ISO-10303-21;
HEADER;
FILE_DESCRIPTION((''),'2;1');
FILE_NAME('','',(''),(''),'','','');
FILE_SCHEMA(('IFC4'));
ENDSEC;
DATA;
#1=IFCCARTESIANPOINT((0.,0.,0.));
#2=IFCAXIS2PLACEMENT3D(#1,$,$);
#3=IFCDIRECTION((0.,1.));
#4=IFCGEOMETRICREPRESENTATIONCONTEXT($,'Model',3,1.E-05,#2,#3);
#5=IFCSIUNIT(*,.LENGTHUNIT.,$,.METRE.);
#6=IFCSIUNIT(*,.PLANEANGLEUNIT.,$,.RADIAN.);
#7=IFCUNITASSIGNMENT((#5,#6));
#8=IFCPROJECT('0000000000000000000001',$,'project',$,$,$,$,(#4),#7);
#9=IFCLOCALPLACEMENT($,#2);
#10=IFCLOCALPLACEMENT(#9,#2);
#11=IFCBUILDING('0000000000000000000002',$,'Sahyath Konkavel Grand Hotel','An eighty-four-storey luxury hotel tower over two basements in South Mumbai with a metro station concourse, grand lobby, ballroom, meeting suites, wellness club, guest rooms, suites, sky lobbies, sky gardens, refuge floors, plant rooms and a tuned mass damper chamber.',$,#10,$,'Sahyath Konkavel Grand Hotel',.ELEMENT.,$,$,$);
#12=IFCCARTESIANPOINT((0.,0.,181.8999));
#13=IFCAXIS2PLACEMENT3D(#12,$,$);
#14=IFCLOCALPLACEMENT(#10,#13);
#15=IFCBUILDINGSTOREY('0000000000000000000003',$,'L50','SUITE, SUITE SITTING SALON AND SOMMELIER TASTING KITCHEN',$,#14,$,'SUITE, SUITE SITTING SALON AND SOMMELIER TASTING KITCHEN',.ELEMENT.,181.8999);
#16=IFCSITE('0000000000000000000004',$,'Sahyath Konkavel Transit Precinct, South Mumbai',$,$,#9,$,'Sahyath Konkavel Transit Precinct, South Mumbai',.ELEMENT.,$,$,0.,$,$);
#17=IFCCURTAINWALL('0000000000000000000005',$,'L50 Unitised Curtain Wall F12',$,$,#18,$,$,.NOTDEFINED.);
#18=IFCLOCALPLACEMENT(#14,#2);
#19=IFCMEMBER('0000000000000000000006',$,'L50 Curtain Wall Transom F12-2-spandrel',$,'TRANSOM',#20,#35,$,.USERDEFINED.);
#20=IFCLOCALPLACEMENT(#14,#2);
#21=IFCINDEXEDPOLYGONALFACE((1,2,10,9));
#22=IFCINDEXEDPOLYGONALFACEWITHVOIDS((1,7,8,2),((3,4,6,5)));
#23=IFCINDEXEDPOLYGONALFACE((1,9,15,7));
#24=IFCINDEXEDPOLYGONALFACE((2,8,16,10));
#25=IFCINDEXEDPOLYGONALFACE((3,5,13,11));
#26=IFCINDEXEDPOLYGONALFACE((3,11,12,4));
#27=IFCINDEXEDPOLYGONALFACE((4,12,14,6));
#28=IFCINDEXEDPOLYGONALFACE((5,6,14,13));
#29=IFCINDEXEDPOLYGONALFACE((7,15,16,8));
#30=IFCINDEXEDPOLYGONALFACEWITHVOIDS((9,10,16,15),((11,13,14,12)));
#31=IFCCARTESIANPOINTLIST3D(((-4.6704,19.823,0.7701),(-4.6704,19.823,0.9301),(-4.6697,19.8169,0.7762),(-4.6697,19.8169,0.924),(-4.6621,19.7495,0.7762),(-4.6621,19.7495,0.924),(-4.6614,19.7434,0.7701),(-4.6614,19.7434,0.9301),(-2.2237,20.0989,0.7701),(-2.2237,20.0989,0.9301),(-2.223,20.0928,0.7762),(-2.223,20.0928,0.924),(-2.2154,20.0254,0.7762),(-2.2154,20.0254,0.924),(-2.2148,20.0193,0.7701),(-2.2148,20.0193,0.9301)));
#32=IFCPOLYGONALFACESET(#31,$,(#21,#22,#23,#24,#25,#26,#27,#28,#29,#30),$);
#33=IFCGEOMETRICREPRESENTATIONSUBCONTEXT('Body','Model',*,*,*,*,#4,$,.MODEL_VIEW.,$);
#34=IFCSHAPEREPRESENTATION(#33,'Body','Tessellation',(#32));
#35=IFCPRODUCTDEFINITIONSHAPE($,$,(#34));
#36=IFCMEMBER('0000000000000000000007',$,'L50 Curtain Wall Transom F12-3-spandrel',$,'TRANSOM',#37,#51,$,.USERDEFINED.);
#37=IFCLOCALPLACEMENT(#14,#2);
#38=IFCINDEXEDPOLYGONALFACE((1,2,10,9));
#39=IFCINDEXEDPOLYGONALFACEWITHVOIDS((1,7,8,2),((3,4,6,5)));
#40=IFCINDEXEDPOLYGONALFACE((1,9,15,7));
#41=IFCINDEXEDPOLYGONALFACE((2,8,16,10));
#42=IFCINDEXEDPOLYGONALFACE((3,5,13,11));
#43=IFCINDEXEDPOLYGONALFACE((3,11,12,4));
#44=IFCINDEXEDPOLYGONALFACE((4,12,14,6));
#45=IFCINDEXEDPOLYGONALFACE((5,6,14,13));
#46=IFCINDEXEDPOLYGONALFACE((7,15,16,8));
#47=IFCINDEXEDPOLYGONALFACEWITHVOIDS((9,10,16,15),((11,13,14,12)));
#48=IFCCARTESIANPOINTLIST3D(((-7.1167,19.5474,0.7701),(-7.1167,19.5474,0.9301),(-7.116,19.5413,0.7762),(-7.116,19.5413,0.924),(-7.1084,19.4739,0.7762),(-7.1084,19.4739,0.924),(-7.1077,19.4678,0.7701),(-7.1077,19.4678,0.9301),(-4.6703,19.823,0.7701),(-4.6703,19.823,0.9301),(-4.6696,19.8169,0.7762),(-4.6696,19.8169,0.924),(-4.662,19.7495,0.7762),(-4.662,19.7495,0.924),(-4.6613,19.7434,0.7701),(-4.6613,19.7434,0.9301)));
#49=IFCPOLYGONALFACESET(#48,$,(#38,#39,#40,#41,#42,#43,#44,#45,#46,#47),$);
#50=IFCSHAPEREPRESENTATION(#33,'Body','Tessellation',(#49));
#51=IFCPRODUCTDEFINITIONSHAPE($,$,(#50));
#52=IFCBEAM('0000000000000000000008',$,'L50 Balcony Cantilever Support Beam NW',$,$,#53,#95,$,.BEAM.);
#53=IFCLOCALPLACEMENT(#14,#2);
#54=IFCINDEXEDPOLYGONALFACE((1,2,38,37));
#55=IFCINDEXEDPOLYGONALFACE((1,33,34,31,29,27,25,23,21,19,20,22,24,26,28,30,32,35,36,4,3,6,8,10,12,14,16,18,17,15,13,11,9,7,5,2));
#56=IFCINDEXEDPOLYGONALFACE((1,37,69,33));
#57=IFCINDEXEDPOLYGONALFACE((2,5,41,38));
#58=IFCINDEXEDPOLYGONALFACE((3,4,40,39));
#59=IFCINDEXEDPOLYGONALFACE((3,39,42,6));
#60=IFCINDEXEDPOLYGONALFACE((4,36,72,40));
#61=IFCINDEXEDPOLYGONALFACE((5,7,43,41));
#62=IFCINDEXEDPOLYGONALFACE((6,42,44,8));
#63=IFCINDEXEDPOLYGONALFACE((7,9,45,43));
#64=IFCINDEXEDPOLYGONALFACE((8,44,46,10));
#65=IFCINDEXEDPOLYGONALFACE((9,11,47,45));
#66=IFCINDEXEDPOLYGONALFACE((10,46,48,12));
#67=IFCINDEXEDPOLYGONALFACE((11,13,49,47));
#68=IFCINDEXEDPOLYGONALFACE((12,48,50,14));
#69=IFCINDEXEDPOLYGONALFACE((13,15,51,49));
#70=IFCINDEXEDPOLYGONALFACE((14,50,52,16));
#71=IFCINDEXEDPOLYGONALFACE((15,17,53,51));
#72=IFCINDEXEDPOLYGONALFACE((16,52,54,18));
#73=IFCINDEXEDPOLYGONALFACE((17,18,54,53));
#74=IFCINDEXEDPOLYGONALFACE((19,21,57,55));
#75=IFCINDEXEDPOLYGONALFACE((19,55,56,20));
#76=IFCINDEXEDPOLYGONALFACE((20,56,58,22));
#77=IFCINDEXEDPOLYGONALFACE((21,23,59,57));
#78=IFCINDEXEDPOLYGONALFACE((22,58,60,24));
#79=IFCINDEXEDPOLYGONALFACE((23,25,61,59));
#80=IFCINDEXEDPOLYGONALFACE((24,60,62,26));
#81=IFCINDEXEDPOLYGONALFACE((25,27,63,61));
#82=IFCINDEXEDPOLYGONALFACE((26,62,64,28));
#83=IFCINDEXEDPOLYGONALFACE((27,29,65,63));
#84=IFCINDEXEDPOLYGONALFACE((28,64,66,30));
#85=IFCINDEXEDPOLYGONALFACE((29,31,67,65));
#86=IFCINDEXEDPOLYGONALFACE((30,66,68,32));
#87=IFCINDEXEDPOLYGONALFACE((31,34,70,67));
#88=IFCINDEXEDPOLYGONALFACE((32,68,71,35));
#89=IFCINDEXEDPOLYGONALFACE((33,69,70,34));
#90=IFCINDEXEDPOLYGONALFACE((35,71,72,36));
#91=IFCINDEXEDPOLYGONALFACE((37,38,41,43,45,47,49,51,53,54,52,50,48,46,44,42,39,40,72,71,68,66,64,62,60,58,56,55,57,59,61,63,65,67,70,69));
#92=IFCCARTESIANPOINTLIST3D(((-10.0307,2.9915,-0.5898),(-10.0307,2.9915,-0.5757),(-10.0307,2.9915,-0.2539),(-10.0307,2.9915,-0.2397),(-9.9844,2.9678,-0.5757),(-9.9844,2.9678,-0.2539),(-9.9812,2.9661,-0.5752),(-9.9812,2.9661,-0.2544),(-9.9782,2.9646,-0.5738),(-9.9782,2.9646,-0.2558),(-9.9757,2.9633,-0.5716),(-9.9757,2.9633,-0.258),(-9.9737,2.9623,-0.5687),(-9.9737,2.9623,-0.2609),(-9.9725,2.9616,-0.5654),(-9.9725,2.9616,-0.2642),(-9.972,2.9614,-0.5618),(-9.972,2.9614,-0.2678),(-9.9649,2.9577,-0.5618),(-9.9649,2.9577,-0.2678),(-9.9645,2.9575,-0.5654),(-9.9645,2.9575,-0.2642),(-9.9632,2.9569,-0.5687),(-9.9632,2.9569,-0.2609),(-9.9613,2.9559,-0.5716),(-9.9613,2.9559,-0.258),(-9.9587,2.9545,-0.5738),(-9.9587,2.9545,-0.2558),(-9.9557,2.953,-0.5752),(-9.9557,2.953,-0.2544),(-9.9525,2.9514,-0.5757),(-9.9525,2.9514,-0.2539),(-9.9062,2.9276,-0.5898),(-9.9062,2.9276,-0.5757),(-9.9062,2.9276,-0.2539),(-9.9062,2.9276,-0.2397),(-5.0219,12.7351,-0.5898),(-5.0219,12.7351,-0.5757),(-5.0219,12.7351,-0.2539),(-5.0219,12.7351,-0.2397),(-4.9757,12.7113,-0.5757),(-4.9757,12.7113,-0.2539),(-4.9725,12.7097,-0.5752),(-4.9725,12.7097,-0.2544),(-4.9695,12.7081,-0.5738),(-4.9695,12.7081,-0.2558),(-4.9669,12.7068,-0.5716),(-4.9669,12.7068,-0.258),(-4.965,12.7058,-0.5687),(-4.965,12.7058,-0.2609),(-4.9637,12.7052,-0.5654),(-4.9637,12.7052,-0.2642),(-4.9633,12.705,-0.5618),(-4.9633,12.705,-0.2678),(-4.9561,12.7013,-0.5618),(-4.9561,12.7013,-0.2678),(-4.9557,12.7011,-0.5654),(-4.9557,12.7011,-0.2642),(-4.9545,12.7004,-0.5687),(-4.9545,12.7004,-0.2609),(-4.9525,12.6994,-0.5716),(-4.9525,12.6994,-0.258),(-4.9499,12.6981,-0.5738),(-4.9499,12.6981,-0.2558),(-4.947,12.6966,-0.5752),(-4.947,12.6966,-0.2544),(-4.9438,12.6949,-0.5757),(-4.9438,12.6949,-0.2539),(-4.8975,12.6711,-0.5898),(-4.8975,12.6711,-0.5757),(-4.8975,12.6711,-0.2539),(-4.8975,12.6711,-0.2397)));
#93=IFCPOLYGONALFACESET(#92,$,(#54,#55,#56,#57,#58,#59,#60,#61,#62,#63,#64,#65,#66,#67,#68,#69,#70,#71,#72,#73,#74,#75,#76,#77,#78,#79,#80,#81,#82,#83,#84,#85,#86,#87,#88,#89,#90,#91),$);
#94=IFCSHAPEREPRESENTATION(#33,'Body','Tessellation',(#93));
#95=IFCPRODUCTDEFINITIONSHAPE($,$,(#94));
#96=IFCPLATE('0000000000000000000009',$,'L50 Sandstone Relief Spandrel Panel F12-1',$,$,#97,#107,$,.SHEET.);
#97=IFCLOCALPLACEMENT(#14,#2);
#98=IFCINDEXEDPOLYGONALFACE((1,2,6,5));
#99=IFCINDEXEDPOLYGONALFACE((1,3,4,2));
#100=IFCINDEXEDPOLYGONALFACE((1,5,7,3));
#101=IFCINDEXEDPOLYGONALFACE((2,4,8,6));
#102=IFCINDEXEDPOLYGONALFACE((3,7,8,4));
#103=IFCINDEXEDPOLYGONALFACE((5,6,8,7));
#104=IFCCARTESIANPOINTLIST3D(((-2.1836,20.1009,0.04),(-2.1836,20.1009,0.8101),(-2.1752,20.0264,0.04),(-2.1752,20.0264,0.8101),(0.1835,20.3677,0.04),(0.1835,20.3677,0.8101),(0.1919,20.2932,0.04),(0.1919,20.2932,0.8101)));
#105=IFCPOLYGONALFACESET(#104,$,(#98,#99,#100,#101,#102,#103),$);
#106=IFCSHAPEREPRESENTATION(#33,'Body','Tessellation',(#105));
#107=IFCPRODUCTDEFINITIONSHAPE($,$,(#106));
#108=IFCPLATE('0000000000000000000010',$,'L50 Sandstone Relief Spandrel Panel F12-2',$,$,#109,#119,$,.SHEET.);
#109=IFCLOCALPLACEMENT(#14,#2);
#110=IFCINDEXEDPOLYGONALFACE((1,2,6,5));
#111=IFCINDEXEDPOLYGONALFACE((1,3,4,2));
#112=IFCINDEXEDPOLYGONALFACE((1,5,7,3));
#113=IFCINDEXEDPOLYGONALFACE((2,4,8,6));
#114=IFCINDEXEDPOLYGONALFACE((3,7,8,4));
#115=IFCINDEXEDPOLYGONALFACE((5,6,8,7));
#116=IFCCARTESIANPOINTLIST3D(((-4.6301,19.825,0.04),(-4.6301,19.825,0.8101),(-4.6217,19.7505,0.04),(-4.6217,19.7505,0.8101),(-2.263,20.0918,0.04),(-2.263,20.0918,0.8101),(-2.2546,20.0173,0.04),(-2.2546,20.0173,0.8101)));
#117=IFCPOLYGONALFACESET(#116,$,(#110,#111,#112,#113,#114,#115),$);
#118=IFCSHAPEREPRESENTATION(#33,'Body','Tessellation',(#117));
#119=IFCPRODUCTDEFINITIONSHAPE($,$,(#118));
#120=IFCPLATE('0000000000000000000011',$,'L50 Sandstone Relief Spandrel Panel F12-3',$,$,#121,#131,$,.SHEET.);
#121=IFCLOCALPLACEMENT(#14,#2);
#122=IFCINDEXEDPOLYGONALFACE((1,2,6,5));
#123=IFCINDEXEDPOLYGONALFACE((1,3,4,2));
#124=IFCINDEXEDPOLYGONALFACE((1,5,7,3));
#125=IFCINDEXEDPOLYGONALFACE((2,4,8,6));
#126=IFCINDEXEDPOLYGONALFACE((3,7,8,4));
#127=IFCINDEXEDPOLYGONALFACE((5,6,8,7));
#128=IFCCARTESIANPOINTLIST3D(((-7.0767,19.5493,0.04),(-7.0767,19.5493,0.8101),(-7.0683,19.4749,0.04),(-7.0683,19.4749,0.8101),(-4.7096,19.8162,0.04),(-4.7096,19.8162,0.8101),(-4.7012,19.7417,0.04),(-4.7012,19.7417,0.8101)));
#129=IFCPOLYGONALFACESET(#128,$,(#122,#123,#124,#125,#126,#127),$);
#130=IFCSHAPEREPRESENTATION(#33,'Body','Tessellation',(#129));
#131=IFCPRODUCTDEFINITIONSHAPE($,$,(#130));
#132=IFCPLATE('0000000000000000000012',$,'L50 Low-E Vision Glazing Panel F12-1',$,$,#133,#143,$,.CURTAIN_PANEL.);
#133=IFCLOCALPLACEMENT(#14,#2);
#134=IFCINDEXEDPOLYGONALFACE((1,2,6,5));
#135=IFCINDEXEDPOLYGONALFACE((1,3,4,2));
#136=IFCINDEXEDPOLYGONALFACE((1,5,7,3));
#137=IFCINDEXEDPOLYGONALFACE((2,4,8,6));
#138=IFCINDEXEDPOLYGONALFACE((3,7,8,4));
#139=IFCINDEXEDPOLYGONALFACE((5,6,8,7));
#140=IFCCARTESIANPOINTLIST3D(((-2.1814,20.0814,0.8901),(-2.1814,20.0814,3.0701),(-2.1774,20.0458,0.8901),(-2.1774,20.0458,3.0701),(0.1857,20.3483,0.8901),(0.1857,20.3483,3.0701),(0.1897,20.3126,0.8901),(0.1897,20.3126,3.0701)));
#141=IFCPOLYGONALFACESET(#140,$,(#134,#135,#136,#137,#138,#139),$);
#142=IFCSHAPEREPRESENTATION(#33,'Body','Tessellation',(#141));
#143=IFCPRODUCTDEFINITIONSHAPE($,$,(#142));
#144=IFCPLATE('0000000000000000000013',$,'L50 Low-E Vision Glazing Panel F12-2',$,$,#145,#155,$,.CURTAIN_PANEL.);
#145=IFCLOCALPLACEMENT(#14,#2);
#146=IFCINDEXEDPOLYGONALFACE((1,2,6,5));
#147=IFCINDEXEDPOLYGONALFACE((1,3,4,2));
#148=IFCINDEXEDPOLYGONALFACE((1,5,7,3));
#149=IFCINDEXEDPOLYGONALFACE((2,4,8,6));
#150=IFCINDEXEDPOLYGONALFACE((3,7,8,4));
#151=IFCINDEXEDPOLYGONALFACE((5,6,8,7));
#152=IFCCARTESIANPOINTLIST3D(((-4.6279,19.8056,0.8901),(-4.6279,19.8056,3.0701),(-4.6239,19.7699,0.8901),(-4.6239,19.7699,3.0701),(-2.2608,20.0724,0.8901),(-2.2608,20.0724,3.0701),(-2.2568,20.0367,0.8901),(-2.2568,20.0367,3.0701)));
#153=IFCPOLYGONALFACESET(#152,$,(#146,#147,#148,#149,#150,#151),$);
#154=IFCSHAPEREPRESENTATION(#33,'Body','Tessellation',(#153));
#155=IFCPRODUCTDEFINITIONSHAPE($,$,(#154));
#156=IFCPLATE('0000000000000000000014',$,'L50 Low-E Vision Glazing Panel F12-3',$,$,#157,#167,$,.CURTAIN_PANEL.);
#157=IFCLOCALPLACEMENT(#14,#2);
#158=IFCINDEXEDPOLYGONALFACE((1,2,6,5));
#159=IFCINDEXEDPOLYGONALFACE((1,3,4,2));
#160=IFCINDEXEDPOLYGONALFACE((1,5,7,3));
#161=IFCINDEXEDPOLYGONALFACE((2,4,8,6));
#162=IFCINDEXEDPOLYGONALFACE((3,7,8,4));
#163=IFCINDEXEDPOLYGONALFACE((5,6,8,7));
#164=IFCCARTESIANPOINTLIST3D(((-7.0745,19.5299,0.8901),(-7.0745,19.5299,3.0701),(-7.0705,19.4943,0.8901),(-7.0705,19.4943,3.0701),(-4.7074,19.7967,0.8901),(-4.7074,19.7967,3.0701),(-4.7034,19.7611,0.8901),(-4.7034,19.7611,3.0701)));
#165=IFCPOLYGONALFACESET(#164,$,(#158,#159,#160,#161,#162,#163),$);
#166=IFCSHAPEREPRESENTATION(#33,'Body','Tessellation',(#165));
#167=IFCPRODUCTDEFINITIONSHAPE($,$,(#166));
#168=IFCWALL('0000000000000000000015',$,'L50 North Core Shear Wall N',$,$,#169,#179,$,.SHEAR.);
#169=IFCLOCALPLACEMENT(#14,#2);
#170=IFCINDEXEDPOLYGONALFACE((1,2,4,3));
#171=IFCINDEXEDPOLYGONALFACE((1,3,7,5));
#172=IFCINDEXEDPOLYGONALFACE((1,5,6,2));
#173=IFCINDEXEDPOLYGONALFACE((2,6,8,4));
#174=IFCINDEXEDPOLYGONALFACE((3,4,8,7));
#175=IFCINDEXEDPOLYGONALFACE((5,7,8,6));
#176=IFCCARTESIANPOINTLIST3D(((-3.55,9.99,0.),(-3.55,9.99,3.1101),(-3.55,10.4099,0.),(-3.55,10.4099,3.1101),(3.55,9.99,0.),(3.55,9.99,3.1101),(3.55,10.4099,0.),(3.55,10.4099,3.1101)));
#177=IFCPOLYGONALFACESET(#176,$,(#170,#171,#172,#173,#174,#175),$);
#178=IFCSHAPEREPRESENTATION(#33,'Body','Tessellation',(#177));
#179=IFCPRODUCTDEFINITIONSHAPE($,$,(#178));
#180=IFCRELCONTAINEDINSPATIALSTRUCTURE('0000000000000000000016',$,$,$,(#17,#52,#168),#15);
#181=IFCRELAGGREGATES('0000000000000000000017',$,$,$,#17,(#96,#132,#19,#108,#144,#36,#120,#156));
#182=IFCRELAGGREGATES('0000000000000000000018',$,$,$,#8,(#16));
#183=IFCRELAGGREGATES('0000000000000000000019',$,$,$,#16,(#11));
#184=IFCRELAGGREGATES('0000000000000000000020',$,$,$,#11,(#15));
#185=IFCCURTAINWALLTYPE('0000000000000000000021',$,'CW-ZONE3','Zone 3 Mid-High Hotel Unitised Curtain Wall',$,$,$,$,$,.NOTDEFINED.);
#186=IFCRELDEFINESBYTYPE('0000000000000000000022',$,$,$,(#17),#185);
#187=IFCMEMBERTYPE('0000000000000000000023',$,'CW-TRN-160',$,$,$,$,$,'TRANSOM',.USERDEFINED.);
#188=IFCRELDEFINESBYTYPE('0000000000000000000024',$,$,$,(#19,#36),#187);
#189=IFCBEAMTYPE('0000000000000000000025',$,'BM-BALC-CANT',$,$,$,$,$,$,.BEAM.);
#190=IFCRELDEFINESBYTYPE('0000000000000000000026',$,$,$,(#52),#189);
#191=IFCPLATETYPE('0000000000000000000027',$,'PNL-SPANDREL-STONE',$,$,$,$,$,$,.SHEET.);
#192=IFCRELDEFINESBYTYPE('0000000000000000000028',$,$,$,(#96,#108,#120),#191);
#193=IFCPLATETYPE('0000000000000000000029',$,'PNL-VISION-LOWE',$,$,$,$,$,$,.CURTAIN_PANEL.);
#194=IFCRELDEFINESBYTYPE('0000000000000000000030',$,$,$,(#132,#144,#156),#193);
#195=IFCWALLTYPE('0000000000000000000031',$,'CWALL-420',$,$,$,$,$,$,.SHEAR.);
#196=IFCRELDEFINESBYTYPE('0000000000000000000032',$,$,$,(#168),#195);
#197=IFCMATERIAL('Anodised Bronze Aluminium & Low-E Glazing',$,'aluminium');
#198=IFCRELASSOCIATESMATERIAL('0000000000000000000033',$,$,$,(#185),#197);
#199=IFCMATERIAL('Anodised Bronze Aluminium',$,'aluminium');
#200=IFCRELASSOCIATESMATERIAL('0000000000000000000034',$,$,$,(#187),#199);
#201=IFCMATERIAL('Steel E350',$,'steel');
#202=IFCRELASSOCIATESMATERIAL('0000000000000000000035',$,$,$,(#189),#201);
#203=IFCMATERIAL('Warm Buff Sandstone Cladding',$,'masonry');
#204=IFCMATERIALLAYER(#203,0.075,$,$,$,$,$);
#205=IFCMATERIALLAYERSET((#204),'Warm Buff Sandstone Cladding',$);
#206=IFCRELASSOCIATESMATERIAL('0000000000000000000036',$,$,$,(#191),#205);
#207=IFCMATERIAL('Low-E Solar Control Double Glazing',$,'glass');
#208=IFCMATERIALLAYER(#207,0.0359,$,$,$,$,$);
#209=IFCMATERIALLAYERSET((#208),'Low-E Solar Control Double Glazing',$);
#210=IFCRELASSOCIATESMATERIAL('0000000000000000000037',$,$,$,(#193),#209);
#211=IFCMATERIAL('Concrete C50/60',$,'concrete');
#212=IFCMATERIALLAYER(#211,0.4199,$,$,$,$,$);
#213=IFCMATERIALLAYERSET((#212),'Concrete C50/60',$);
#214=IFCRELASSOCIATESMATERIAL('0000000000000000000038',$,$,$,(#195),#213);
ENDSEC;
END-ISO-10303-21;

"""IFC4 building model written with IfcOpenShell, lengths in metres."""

from ifc_helpers import new_model, si_unit, direction, frame, frame_2d, origin, origin_2d, place, context, subcontext, project, spatial, rectangle, hollow_rectangle, i_section, extrude, source, transform, mapped, material, layer, layer_set, material_profile, profile_set, type_object, element, aggregate, save


model = new_model("IFC4")

# Units and contexts
model_context = context("Model", 3, precision=1e-05, world=origin(), true_north=direction((0.0, 1.0)))
body_context = subcontext(model_context, "Body", "Model", "MODEL_VIEW")
ifc_project = project(units=[si_unit("LENGTHUNIT", "METRE"), si_unit("PLANEANGLEUNIT", "RADIAN")], contexts=[model_context])

# Site, building, storey
site_placement = place(None, origin())
site = spatial("IfcSite", under=ifc_project, at=site_placement, Name="Sahyath Konkavel Transit Precinct, South Mumbai", LongName="Sahyath Konkavel Transit Precinct, South Mumbai", CompositionType="ELEMENT", RefElevation=0.0)
building_placement = place(site_placement, origin())
building = spatial("IfcBuilding", under=site, at=building_placement, Name="Sahyath Konkavel Grand Hotel", Description="An eighty-four-storey luxury hotel tower over two basements in South Mumbai with a metro station concourse, grand lobby, ballroom, meeting suites, wellness club, guest rooms, suites, sky lobbies, sky gardens, refuge floors, plant rooms and a tuned mass damper chamber.", LongName="Sahyath Konkavel Grand Hotel", CompositionType="ELEMENT")
storey_placement = place(building_placement, frame((0.0, 0.0, 181.8999)))
storey = spatial("IfcBuildingStorey", under=building, at=storey_placement, Name="L50", Description="SUITE, SUITE SITTING SALON AND SOMMELIER TASTING KITCHEN", LongName="SUITE, SUITE SITTING SALON AND SOMMELIER TASTING KITCHEN", CompositionType="ELEMENT", Elevation=181.8999)

# Shared definitions
ifc_material_1 = material(Name="Concrete C50/60", Category="concrete")

# Shared definitions
ifc_material_2 = material(Name="Steel E350", Category="steel")

# Curtain wall, members
ifc_material_3 = material(Name="Anodised Bronze Aluminium & Low-E Glazing", Category="aluminium")
curtain_wall_type = type_object("IfcCurtainWallType", Name="CW-ZONE3", Description="Zone 3 Mid-High Hotel Unitised Curtain Wall", PredefinedType="NOTDEFINED", material=ifc_material_3)
curtain_wall_placement = place(storey_placement, origin())
curtain_wall = element("IfcCurtainWall", 1, at=curtain_wall_placement, inside=storey, type_object=curtain_wall_type, Name="L50 Unitised Curtain Wall F12", PredefinedType="NOTDEFINED")
ifc_material_4 = material(Name="Anodised Bronze Aluminium", Category="aluminium")
ifc_material_profile_1 = material_profile(ifc_material_4, hollow_rectangle(XDim=0.0801, YDim=0.1599, WallThickness=0.0061, at=origin_2d()), Name="RHS 160x80x6")
ifc_profile_set_1 = profile_set([ifc_material_profile_1], Name="Anodised Bronze Aluminium")
member_type_1 = type_object("IfcMemberType", Name="CW-TRN-160", ElementType="TRANSOM", PredefinedType="USERDEFINED", material=ifc_profile_set_1)
shared_shape_1 = source(origin(), body_context, "Body", "SweptSolid", [
    extrude(hollow_rectangle(XDim=0.0801, YDim=0.1599, WallThickness=0.0061, at=origin_2d()), origin(), (0.0, 0.0, 1.0), 2.4622),
])
member_1_placement = place(storey_placement, frame((-2.2192, 20.0591, 0.8501), z_axis=(-0.993702, -0.112053, 0.0), x_axis=(0.112053, -0.993702, 0.0)))
member_1 = element("IfcMember", 2, at=member_1_placement, type_object=member_type_1, Name="L50 Curtain Wall Transom F12-2-spandrel", ObjectType="TRANSOM", PredefinedType="USERDEFINED", context=body_context, shape_type="MappedRepresentation", body=[
    mapped(shared_shape_1, transform((0.0, 0.0, 0.0), scale=1.0)),
])
shared_shape_2 = source(origin(), body_context, "Body", "SweptSolid", [
    extrude(hollow_rectangle(XDim=0.0801, YDim=0.1599, WallThickness=0.0061, at=origin_2d()), origin(), (0.0, 0.0, 1.0), 2.4619),
])
member_2_placement = place(storey_placement, frame((-4.6658, 19.7832, 0.8501), z_axis=(-0.993713, -0.111955, 0.0), x_axis=(0.111955, -0.993713, 0.0)))
member_2 = element("IfcMember", 3, at=member_2_placement, type_object=member_type_1, Name="L50 Curtain Wall Transom F12-3-spandrel", ObjectType="TRANSOM", PredefinedType="USERDEFINED", context=body_context, shape_type="MappedRepresentation", body=[
    mapped(shared_shape_2, transform((0.0, 0.0, 0.0), scale=1.0)),
])

# Beam
ifc_material_profile_2 = material_profile(ifc_material_2, i_section(OverallWidth=0.1399, OverallDepth=0.3501, WebThickness=0.0081, FlangeThickness=0.0142, FilletRadius=0.0139, at=origin_2d()), Name="ISMB 350")
ifc_profile_set_2 = profile_set([ifc_material_profile_2], Name="Steel E350")
beam_type_1 = type_object("IfcBeamType", Name="BM-BALC-CANT", PredefinedType="BEAM", material=ifc_profile_set_2)
shared_shape_3 = source(origin(), body_context, "Body", "SweptSolid", [
    extrude(i_section(OverallWidth=0.1399, OverallDepth=0.3501, WebThickness=0.0081, FlangeThickness=0.0142, FilletRadius=0.0139, at=origin_2d()), origin(), (0.0, 0.0, 1.0), 10.9556),
])
beam_1_placement = place(storey_placement, frame((-4.9597, 12.7031, -0.4148), z_axis=(-0.457187, -0.889371, 0.0), x_axis=(0.889371, -0.457187, 0.0)))
element("IfcBeam", 4, at=beam_1_placement, inside=storey, type_object=beam_type_1, Name="L50 Balcony Cantilever Support Beam NW", PredefinedType="BEAM", context=body_context, shape_type="MappedRepresentation", body=[
    mapped(shared_shape_3, transform((0.0, 0.0, 0.0), scale=1.0)),
])

# Plates
ifc_material_5 = material(Name="Warm Buff Sandstone Cladding", Category="masonry")
ifc_layer_1 = layer(ifc_material_5, 0.075)
ifc_layer_set_1 = layer_set([ifc_layer_1], Name="Warm Buff Sandstone Cladding")
plate_type_1 = type_object("IfcPlateType", Name="PNL-SPANDREL-STONE", PredefinedType="SHEET", material=ifc_layer_set_1)
shared_shape_4 = source(origin(), body_context, "Body", "SweptSolid", [
    extrude(rectangle(XDim=2.3821, YDim=0.075, at=origin_2d()), origin(), (0.0, 0.0, 1.0), 0.77),
])
plate_1_placement = place(storey_placement, frame((-0.9958, 20.197, 0.04), z_axis=(0.0, 0.0, 1.0), x_axis=(-0.993707, -0.112007, 0.0)))
plate_1 = element("IfcPlate", 5, at=plate_1_placement, type_object=plate_type_1, Name="L50 Sandstone Relief Spandrel Panel F12-1", PredefinedType="SHEET", context=body_context, shape_type="MappedRepresentation", body=[
    mapped(shared_shape_4, transform((0.0, 0.0, 0.0), scale=1.0)),
])
plate_2_placement = place(storey_placement, frame((-3.4424, 19.9211, 0.04), z_axis=(0.0, 0.0, 1.0), x_axis=(-0.993707, -0.112007, 0.0)))
plate_2 = element("IfcPlate", 6, at=plate_2_placement, type_object=plate_type_1, Name="L50 Sandstone Relief Spandrel Panel F12-2", PredefinedType="SHEET", context=body_context, shape_type="MappedRepresentation", body=[
    mapped(shared_shape_4, transform((0.0, 0.0, 0.0), scale=1.0)),
])
plate_3_placement = place(storey_placement, frame((-5.8889, 19.6455, 0.04), z_axis=(0.0, 0.0, 1.0), x_axis=(-0.993707, -0.112007, 0.0)))
plate_3 = element("IfcPlate", 7, at=plate_3_placement, type_object=plate_type_1, Name="L50 Sandstone Relief Spandrel Panel F12-3", PredefinedType="SHEET", context=body_context, shape_type="MappedRepresentation", body=[
    mapped(shared_shape_4, transform((0.0, 0.0, 0.0), scale=1.0)),
])
ifc_material_6 = material(Name="Low-E Solar Control Double Glazing", Category="glass")
ifc_layer_2 = layer(ifc_material_6, 0.0359)
ifc_layer_set_2 = layer_set([ifc_layer_2], Name="Low-E Solar Control Double Glazing")
plate_type_2 = type_object("IfcPlateType", Name="PNL-VISION-LOWE", PredefinedType="CURTAIN_PANEL", material=ifc_layer_set_2)
shared_shape_5 = source(origin(), body_context, "Body", "SweptSolid", [
    extrude(rectangle(XDim=2.3821, YDim=0.0359, at=origin_2d()), origin(), (0.0, 0.0, 1.0), 2.1799),
])
plate_4_placement = place(storey_placement, frame((-0.9958, 20.197, 0.8901), z_axis=(0.0, 0.0, 1.0), x_axis=(-0.993707, -0.112007, 0.0)))
plate_4 = element("IfcPlate", 8, at=plate_4_placement, type_object=plate_type_2, Name="L50 Low-E Vision Glazing Panel F12-1", PredefinedType="CURTAIN_PANEL", context=body_context, shape_type="MappedRepresentation", body=[
    mapped(shared_shape_5, transform((0.0, 0.0, 0.0), scale=1.0)),
])
plate_5_placement = place(storey_placement, frame((-3.4424, 19.9211, 0.8901), z_axis=(0.0, 0.0, 1.0), x_axis=(-0.993707, -0.112007, 0.0)))
plate_5 = element("IfcPlate", 9, at=plate_5_placement, type_object=plate_type_2, Name="L50 Low-E Vision Glazing Panel F12-2", PredefinedType="CURTAIN_PANEL", context=body_context, shape_type="MappedRepresentation", body=[
    mapped(shared_shape_5, transform((0.0, 0.0, 0.0), scale=1.0)),
])
plate_6_placement = place(storey_placement, frame((-5.8889, 19.6455, 0.8901), z_axis=(0.0, 0.0, 1.0), x_axis=(-0.993707, -0.112007, 0.0)))
plate_6 = element("IfcPlate", 10, at=plate_6_placement, type_object=plate_type_2, Name="L50 Low-E Vision Glazing Panel F12-3", PredefinedType="CURTAIN_PANEL", context=body_context, shape_type="MappedRepresentation", body=[
    mapped(shared_shape_5, transform((0.0, 0.0, 0.0), scale=1.0)),
])
aggregate(curtain_wall, [plate_1, plate_4, member_1, plate_2, plate_5, member_2, plate_3, plate_6])

# Wall
ifc_layer_3 = layer(ifc_material_1, 0.4199)
ifc_layer_set_3 = layer_set([ifc_layer_3], Name="Concrete C50/60")
wall_type_1 = type_object("IfcWallType", Name="CWALL-420", PredefinedType="SHEAR", material=ifc_layer_set_3)
wall_1_placement = place(storey_placement, frame((-3.55, 10.2, 0.0), z_axis=(0.0, 0.0, 1.0), x_axis=(1.0, 0.0, 0.0)))
element("IfcWall", 11, at=wall_1_placement, inside=storey, type_object=wall_type_1, Name="L50 North Core Shear Wall N", PredefinedType="SHEAR", context=body_context, shape_type="SweptSolid", body=[
    extrude(rectangle(XDim=7.1001, YDim=0.4199, at=frame_2d((3.55, 0.0))), origin(), (0.0, 0.0, 1.0), 3.1101),
])

save(model, "model.ifc")
